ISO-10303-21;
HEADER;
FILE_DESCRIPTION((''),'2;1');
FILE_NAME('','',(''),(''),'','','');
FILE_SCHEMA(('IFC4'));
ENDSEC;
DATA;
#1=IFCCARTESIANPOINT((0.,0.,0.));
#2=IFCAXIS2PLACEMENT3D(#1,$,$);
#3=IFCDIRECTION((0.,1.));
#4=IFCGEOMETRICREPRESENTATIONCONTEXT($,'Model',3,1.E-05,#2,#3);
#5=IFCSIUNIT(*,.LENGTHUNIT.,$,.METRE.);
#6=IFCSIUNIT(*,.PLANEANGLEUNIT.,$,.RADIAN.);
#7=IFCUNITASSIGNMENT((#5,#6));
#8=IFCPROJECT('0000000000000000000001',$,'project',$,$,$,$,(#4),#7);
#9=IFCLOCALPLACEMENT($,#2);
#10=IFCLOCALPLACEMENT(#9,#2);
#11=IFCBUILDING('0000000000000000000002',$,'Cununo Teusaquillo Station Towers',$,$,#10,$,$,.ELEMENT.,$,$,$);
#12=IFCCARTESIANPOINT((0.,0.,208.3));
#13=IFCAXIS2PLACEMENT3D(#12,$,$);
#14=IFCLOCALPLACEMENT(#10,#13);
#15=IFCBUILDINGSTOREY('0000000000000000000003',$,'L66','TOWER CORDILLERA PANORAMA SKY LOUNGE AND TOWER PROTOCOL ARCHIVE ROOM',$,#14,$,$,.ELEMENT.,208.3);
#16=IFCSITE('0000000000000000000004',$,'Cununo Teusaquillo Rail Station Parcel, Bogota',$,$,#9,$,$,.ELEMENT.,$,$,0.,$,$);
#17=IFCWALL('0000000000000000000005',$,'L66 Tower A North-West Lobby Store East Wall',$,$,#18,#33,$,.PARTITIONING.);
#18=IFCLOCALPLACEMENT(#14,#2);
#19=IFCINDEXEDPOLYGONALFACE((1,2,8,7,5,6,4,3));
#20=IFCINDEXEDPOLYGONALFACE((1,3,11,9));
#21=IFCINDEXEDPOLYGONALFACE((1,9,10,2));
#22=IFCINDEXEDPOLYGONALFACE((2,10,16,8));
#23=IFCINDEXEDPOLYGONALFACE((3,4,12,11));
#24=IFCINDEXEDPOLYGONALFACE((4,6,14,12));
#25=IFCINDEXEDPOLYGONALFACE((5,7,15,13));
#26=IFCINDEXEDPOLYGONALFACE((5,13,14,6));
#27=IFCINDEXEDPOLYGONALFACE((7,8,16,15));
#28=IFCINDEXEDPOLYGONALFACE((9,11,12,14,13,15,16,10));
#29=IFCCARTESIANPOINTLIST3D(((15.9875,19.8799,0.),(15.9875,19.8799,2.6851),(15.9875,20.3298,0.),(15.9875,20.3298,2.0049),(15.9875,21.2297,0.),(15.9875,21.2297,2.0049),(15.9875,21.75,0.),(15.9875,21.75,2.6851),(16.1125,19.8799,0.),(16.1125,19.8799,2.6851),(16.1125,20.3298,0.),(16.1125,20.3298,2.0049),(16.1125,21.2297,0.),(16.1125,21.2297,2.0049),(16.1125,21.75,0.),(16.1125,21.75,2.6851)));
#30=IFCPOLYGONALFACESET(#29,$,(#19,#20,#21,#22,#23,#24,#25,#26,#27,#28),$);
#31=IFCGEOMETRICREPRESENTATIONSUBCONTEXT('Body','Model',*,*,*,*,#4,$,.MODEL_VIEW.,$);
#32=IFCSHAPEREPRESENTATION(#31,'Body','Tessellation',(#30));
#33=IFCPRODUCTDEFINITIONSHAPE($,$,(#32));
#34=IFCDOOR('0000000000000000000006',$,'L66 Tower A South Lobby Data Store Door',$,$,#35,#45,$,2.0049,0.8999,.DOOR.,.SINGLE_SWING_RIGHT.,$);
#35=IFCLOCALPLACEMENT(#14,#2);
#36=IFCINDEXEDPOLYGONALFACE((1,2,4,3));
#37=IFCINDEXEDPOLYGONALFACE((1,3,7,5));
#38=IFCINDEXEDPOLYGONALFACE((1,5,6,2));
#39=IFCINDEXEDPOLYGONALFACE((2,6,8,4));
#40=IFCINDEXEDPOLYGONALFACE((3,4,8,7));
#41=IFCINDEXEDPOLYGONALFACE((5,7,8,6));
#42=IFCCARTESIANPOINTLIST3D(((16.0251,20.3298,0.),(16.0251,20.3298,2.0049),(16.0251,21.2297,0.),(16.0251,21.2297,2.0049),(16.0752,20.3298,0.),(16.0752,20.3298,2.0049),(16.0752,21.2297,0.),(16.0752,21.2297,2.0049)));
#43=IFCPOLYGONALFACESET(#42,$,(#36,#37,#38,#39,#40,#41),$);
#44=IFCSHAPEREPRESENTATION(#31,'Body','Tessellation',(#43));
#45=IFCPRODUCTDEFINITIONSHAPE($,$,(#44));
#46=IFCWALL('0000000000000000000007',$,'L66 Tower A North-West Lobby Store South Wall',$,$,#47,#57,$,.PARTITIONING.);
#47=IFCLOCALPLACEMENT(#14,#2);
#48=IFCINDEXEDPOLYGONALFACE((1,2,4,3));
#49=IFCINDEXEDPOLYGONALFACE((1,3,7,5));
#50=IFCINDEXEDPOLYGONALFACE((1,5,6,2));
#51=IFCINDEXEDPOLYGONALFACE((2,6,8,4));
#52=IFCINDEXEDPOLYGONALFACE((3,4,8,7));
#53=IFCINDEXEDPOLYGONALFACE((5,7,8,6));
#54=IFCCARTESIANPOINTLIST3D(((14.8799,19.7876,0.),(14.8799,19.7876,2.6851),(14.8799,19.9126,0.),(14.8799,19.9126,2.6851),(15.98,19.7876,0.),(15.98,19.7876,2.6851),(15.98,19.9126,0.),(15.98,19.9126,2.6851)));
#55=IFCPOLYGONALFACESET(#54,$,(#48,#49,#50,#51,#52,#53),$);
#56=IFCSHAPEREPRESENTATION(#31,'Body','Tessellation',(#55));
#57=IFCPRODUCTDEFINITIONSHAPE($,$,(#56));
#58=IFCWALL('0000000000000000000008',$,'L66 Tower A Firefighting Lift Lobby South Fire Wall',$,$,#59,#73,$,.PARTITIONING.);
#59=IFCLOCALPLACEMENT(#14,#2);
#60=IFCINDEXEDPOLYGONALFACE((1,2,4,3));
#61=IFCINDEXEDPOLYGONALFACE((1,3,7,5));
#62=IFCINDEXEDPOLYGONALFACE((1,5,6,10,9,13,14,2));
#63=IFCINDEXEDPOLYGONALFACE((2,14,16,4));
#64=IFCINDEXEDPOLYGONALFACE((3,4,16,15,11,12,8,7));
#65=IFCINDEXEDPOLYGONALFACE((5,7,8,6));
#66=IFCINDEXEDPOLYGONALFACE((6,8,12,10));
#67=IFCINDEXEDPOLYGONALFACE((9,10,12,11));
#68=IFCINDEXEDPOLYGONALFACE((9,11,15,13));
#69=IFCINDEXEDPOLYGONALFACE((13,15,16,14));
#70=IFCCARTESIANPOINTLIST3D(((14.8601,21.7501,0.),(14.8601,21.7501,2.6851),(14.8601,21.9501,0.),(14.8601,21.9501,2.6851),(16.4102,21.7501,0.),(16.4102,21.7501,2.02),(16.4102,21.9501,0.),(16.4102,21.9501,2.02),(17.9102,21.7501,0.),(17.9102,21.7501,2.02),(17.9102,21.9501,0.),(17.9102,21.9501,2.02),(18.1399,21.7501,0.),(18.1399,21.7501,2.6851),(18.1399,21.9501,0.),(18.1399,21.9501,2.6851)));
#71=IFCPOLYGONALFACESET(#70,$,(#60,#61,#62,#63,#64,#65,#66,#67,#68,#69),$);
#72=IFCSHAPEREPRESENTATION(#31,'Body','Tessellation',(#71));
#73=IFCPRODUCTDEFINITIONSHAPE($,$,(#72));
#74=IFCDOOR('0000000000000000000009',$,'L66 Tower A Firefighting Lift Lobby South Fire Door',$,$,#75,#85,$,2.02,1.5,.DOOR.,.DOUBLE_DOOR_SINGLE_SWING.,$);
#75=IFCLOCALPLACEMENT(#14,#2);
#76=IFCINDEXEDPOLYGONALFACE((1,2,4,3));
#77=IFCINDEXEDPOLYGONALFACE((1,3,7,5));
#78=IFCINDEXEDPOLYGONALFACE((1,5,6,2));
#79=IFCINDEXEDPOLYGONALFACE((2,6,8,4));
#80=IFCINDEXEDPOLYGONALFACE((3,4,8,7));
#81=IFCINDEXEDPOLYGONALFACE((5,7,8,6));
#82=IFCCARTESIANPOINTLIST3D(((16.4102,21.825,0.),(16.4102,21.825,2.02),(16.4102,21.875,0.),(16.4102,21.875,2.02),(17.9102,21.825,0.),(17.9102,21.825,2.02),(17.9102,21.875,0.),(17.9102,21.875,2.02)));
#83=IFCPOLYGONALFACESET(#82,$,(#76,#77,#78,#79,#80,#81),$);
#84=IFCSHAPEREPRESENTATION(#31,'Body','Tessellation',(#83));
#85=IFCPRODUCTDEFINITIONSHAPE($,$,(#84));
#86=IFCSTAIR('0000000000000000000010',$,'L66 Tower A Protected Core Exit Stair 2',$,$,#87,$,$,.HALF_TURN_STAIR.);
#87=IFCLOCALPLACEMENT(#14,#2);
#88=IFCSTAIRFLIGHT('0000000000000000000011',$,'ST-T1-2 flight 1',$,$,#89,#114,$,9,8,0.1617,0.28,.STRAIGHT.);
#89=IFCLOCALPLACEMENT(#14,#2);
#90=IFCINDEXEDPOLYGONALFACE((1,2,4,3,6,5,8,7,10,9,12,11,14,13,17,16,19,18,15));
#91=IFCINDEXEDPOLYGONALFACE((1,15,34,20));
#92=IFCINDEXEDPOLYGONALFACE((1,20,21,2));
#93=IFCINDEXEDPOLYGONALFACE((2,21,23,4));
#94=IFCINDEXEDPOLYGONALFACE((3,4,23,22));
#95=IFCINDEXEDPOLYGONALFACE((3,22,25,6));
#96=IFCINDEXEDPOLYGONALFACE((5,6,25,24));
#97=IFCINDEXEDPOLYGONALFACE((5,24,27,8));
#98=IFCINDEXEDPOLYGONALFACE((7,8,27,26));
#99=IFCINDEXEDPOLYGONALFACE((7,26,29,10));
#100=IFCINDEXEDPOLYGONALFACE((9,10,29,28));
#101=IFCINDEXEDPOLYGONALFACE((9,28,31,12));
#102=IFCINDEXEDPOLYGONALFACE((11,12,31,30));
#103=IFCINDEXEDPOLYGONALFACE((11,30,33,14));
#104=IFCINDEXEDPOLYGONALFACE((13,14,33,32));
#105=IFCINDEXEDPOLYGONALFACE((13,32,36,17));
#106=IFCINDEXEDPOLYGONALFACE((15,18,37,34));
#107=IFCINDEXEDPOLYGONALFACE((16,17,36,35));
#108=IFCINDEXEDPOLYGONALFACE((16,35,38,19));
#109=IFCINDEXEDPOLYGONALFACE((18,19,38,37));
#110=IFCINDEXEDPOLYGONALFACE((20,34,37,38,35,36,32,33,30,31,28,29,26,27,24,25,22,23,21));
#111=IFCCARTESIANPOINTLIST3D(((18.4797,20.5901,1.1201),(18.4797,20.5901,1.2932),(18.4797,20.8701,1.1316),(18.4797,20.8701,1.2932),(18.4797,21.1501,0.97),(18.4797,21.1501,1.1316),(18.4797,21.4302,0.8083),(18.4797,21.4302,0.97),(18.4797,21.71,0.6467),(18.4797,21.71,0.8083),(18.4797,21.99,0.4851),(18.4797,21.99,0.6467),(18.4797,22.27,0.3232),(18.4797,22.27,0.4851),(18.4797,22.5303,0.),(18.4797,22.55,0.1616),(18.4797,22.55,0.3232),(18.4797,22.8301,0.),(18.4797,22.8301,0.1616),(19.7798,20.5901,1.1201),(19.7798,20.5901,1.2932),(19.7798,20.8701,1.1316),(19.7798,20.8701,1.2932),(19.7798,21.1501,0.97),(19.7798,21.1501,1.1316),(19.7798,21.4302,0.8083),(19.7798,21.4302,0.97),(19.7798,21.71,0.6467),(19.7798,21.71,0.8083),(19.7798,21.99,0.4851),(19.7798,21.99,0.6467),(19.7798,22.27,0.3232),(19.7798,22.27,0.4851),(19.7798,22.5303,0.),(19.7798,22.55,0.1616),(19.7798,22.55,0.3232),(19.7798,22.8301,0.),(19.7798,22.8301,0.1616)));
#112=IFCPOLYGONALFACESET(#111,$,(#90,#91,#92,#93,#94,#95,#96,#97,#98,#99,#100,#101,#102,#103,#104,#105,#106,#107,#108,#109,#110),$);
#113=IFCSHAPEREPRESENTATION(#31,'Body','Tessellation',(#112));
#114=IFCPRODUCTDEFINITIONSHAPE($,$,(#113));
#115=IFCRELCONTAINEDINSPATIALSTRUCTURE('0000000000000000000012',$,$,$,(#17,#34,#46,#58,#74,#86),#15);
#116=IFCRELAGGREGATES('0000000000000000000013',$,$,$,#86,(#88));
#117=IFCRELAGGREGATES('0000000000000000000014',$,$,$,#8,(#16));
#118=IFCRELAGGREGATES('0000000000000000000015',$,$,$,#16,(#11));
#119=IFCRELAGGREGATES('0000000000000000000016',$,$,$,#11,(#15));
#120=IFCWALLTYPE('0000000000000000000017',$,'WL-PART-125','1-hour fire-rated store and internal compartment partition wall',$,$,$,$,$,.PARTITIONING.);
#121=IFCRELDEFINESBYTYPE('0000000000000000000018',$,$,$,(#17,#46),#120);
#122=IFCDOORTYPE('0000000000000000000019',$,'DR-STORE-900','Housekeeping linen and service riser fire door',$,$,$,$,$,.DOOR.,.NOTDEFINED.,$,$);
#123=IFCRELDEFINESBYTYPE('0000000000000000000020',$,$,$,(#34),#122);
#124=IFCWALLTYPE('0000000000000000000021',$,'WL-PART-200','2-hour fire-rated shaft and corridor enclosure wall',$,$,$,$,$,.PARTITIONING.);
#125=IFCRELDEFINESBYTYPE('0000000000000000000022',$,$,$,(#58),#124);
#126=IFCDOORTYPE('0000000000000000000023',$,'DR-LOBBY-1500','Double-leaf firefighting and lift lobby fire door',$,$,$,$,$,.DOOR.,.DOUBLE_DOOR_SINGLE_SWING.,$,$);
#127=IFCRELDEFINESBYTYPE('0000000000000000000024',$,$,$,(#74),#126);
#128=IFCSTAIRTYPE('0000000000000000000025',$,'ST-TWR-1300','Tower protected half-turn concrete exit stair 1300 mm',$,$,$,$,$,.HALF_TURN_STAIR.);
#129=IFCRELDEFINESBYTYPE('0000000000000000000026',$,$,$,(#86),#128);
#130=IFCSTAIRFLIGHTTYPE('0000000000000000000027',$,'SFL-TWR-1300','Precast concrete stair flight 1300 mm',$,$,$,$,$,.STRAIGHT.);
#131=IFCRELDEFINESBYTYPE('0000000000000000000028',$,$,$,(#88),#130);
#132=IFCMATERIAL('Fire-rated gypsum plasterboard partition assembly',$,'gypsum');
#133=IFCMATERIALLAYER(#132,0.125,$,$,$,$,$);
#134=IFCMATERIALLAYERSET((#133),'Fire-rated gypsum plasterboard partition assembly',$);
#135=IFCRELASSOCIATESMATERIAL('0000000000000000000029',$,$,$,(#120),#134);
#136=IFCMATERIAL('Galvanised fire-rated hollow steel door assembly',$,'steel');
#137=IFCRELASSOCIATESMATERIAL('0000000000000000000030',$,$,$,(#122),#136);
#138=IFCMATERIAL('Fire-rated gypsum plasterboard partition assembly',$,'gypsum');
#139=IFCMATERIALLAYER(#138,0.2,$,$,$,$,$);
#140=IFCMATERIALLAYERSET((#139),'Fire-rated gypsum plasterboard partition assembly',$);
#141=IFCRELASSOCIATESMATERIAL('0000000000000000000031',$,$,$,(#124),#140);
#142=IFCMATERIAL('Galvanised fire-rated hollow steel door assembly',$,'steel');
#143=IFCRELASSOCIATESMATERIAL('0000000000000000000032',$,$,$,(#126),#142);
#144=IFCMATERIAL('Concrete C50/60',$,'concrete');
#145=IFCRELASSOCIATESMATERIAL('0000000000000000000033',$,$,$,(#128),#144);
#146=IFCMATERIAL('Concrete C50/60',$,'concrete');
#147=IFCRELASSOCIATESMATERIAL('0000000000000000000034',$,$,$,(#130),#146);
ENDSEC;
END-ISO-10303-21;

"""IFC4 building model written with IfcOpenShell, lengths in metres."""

from ifc_helpers import new_model, si_unit, direction, frame, frame_2d, origin, place, context, subcontext, project, spatial, polyline, rectangle, outline, extrude, source, transform, mapped, material, layer, layer_set, type_object, element, fill, aggregate, save


model = new_model("IFC4")

# Units and contexts
model_context = context("Model", 3, precision=1e-05, world=origin(), true_north=direction((0.0, 1.0)))
body_context = subcontext(model_context, "Body", "Model", "MODEL_VIEW")
ifc_project = project(units=[si_unit("LENGTHUNIT", "METRE"), si_unit("PLANEANGLEUNIT", "RADIAN")], contexts=[model_context])

# Site, building, storey
site_placement = place(None, origin())
site = spatial("IfcSite", under=ifc_project, at=site_placement, Name="Cununo Teusaquillo Rail Station Parcel, Bogota", CompositionType="ELEMENT", RefElevation=0.0)
building_placement = place(site_placement, origin())
building = spatial("IfcBuilding", under=site, at=building_placement, Name="Cununo Teusaquillo Station Towers", CompositionType="ELEMENT")
storey_placement = place(building_placement, frame((0.0, 0.0, 208.3)))
storey = spatial("IfcBuildingStorey", under=building, at=storey_placement, Name="L66", Description="TOWER CORDILLERA PANORAMA SKY LOUNGE AND TOWER PROTOCOL ARCHIVE ROOM", CompositionType="ELEMENT", Elevation=208.3)

# Wall, opening, door
ifc_material_1 = material(Name="Fire-rated gypsum plasterboard partition assembly", Category="gypsum")
ifc_layer_1 = layer(ifc_material_1, 0.125)
ifc_layer_set_1 = layer_set([ifc_layer_1], Name="Fire-rated gypsum plasterboard partition assembly")
wall_type_1 = type_object("IfcWallType", Name="WL-PART-125", Description="1-hour fire-rated store and internal compartment partition wall", PredefinedType="PARTITIONING", material=ifc_layer_set_1)
wall_1_placement = place(storey_placement, frame((16.05, 19.8799, 0.0), z_axis=(0.0, 0.0, 1.0), x_axis=(0.0, 1.0, 0.0)))
wall_1 = element("IfcWall", 1, at=wall_1_placement, inside=storey, type_object=wall_type_1, Name="L66 Tower A North-West Lobby Store East Wall", PredefinedType="PARTITIONING", context=body_context, shape_type="SweptSolid", body=[
    extrude(rectangle(XDim=1.8701, YDim=0.125, at=frame_2d((0.9351, 0.0))), origin(), (0.0, 0.0, 1.0), 2.6851),
])
shared_shape_1 = source(origin(), body_context, "Body", "SweptSolid", [
    extrude(rectangle(XDim=0.8999, YDim=2.0049, at=frame_2d((0.45, 1.0024))), frame((0.0, 0.0725, 0.0), z_axis=(0.0, -1.0, 0.0), x_axis=(1.0, 0.0, 0.0)), (0.0, 0.0, 1.0), 0.145),
])
opening_1_placement = place(wall_1_placement, frame((0.45, 0.0, 0.0)))
opening_1 = element("IfcOpeningElement", 2, at=opening_1_placement, cuts=wall_1, PredefinedType="OPENING", context=body_context, shape_type="MappedRepresentation", body=[
    mapped(shared_shape_1, transform((0.0, 0.0, 0.0), x_axis=(1.0, 0.0, 0.0), y_axis=(0.0, 1.0, 0.0), z_axis=(0.0, 0.0, 1.0), scale=1.0)),
])
ifc_material_2 = material(Name="Galvanised fire-rated hollow steel door assembly", Category="steel")
door_type_1 = type_object("IfcDoorType", Name="DR-STORE-900", Description="Housekeeping linen and service riser fire door", OperationType="NOTDEFINED", PredefinedType="DOOR", material=ifc_material_2)
shared_shape_2 = source(origin(), body_context, "Body", "SweptSolid", [
    extrude(rectangle(XDim=0.8999, YDim=2.0049, at=frame_2d((0.45, 1.0024))), frame((0.0, 0.0249, 0.0), z_axis=(0.0, -1.0, 0.0), x_axis=(1.0, 0.0, 0.0)), (0.0, 0.0, 1.0), 0.05),
])
door_1_placement = place(opening_1_placement, origin())
door_1 = element("IfcDoor", 3, at=door_1_placement, inside=storey, type_object=door_type_1, Name="L66 Tower A South Lobby Data Store Door", OperationType="SINGLE_SWING_RIGHT", OverallHeight=2.0049, OverallWidth=0.8999, PredefinedType="DOOR", context=body_context, shape_type="MappedRepresentation", body=[
    mapped(shared_shape_2, transform((0.0, 0.0, 0.0), x_axis=(1.0, 0.0, 0.0), y_axis=(0.0, 1.0, 0.0), z_axis=(0.0, 0.0, 1.0), scale=1.0)),
])
fill(opening_1, door_1)

# Wall
wall_2_placement = place(storey_placement, frame((14.8799, 19.8501, 0.0), z_axis=(0.0, 0.0, 1.0), x_axis=(1.0, 0.0, 0.0)))
element("IfcWall", 4, at=wall_2_placement, inside=storey, type_object=wall_type_1, Name="L66 Tower A North-West Lobby Store South Wall", PredefinedType="PARTITIONING", context=body_context, shape_type="SweptSolid", body=[
    extrude(rectangle(XDim=1.1001, YDim=0.125, at=frame_2d((0.55, 0.0))), origin(), (0.0, 0.0, 1.0), 2.6851),
])

# Wall, opening, door
ifc_material_3 = material(Name="Fire-rated gypsum plasterboard partition assembly", Category="gypsum")
ifc_layer_2 = layer(ifc_material_3, 0.2)
ifc_layer_set_2 = layer_set([ifc_layer_2], Name="Fire-rated gypsum plasterboard partition assembly")
wall_type_2 = type_object("IfcWallType", Name="WL-PART-200", Description="2-hour fire-rated shaft and corridor enclosure wall", PredefinedType="PARTITIONING", material=ifc_layer_set_2)
wall_3_placement = place(storey_placement, frame((14.8601, 21.8501, 0.0), z_axis=(0.0, 0.0, 1.0), x_axis=(1.0, 0.0, 0.0)))
wall_3 = element("IfcWall", 5, at=wall_3_placement, inside=storey, type_object=wall_type_2, Name="L66 Tower A Firefighting Lift Lobby South Fire Wall", PredefinedType="PARTITIONING", context=body_context, shape_type="SweptSolid", body=[
    extrude(rectangle(XDim=3.2798, YDim=0.2, at=frame_2d((1.6399, 0.0))), origin(), (0.0, 0.0, 1.0), 2.6851),
])
shared_shape_3 = source(origin(), body_context, "Body", "SweptSolid", [
    extrude(rectangle(XDim=1.5, YDim=2.02, at=frame_2d((0.75, 1.01))), frame((0.0, 0.1099, 0.0), z_axis=(0.0, -1.0, 0.0), x_axis=(1.0, 0.0, 0.0)), (0.0, 0.0, 1.0), 0.22),
])
opening_2_placement = place(wall_3_placement, frame((1.55, 0.0, 0.0)))
opening_2 = element("IfcOpeningElement", 6, at=opening_2_placement, cuts=wall_3, PredefinedType="OPENING", context=body_context, shape_type="MappedRepresentation", body=[
    mapped(shared_shape_3, transform((0.0, 0.0, 0.0), x_axis=(1.0, 0.0, 0.0), y_axis=(0.0, 1.0, 0.0), z_axis=(0.0, 0.0, 1.0), scale=1.0)),
])
ifc_material_4 = material(Name="Galvanised fire-rated hollow steel door assembly", Category="steel")
door_type_2 = type_object("IfcDoorType", Name="DR-LOBBY-1500", Description="Double-leaf firefighting and lift lobby fire door", OperationType="DOUBLE_DOOR_SINGLE_SWING", PredefinedType="DOOR", material=ifc_material_4)
shared_shape_4 = source(origin(), body_context, "Body", "SweptSolid", [
    extrude(rectangle(XDim=1.5, YDim=2.02, at=frame_2d((0.75, 1.01))), frame((0.0, 0.0249, 0.0), z_axis=(0.0, -1.0, 0.0), x_axis=(1.0, 0.0, 0.0)), (0.0, 0.0, 1.0), 0.05),
])
door_2_placement = place(opening_2_placement, origin())
door_2 = element("IfcDoor", 7, at=door_2_placement, inside=storey, type_object=door_type_2, Name="L66 Tower A Firefighting Lift Lobby South Fire Door", OperationType="DOUBLE_DOOR_SINGLE_SWING", OverallHeight=2.02, OverallWidth=1.5, PredefinedType="DOOR", context=body_context, shape_type="MappedRepresentation", body=[
    mapped(shared_shape_4, transform((0.0, 0.0, 0.0), x_axis=(1.0, 0.0, 0.0), y_axis=(0.0, 1.0, 0.0), z_axis=(0.0, 0.0, 1.0), scale=1.0)),
])
fill(opening_2, door_2)

# Stair, stair flight
ifc_material_5 = material(Name="Concrete C50/60", Category="concrete")
stair_type = type_object("IfcStairType", Name="ST-TWR-1300", Description="Tower protected half-turn concrete exit stair 1300 mm", PredefinedType="HALF_TURN_STAIR", material=ifc_material_5)
stair_placement = place(storey_placement, origin())
stair = element("IfcStair", 8, at=stair_placement, inside=storey, type_object=stair_type, Name="L66 Tower A Protected Core Exit Stair 2", PredefinedType="HALF_TURN_STAIR")
ifc_material_6 = material(Name="Concrete C50/60", Category="concrete")
stair_flight_type = type_object("IfcStairFlightType", Name="SFL-TWR-1300", Description="Precast concrete stair flight 1300 mm", PredefinedType="STRAIGHT", material=ifc_material_6)
stair_flight_placement = place(storey_placement, frame((19.1299, 22.8301, 0.0), z_axis=(0.0, 0.0, 1.0), x_axis=(0.0, -1.0, 0.0)))
stair_flight = element("IfcStairFlight", 9, at=stair_flight_placement, type_object=stair_flight_type, Name="ST-T1-2 flight 1", NumberOfRisers=9, NumberOfTreads=8, PredefinedType="STRAIGHT", RiserHeight=0.1617, TreadLength=0.28, context=body_context, shape_type="SweptSolid", body=[
    extrude(outline(polyline([(0.0, 0.0), (0.0, 0.1616), (0.28, 0.1616), (0.28, 0.3232), (0.5601, 0.3232), (0.5601, 0.4851), (0.8401, 0.4851), (0.8401, 0.6467), (1.1201, 0.6467), (1.1201, 0.8083), (1.3999, 0.8083), (1.3999, 0.97), (1.6799, 0.97), (1.6799, 1.1316), (1.96, 1.1316), (1.96, 1.2932), (2.24, 1.2932), (2.24, 1.4551), (2.24, 1.1201), (0.2998, 0.0), (0.0, 0.0)])), frame((0.0, 0.6499, 0.0), z_axis=(0.0, -1.0, 0.0), x_axis=(1.0, 0.0, 0.0)), (0.0, 0.0, 1.0), 1.3),
])
aggregate(stair, [stair_flight])

save(model, "model.ifc")
